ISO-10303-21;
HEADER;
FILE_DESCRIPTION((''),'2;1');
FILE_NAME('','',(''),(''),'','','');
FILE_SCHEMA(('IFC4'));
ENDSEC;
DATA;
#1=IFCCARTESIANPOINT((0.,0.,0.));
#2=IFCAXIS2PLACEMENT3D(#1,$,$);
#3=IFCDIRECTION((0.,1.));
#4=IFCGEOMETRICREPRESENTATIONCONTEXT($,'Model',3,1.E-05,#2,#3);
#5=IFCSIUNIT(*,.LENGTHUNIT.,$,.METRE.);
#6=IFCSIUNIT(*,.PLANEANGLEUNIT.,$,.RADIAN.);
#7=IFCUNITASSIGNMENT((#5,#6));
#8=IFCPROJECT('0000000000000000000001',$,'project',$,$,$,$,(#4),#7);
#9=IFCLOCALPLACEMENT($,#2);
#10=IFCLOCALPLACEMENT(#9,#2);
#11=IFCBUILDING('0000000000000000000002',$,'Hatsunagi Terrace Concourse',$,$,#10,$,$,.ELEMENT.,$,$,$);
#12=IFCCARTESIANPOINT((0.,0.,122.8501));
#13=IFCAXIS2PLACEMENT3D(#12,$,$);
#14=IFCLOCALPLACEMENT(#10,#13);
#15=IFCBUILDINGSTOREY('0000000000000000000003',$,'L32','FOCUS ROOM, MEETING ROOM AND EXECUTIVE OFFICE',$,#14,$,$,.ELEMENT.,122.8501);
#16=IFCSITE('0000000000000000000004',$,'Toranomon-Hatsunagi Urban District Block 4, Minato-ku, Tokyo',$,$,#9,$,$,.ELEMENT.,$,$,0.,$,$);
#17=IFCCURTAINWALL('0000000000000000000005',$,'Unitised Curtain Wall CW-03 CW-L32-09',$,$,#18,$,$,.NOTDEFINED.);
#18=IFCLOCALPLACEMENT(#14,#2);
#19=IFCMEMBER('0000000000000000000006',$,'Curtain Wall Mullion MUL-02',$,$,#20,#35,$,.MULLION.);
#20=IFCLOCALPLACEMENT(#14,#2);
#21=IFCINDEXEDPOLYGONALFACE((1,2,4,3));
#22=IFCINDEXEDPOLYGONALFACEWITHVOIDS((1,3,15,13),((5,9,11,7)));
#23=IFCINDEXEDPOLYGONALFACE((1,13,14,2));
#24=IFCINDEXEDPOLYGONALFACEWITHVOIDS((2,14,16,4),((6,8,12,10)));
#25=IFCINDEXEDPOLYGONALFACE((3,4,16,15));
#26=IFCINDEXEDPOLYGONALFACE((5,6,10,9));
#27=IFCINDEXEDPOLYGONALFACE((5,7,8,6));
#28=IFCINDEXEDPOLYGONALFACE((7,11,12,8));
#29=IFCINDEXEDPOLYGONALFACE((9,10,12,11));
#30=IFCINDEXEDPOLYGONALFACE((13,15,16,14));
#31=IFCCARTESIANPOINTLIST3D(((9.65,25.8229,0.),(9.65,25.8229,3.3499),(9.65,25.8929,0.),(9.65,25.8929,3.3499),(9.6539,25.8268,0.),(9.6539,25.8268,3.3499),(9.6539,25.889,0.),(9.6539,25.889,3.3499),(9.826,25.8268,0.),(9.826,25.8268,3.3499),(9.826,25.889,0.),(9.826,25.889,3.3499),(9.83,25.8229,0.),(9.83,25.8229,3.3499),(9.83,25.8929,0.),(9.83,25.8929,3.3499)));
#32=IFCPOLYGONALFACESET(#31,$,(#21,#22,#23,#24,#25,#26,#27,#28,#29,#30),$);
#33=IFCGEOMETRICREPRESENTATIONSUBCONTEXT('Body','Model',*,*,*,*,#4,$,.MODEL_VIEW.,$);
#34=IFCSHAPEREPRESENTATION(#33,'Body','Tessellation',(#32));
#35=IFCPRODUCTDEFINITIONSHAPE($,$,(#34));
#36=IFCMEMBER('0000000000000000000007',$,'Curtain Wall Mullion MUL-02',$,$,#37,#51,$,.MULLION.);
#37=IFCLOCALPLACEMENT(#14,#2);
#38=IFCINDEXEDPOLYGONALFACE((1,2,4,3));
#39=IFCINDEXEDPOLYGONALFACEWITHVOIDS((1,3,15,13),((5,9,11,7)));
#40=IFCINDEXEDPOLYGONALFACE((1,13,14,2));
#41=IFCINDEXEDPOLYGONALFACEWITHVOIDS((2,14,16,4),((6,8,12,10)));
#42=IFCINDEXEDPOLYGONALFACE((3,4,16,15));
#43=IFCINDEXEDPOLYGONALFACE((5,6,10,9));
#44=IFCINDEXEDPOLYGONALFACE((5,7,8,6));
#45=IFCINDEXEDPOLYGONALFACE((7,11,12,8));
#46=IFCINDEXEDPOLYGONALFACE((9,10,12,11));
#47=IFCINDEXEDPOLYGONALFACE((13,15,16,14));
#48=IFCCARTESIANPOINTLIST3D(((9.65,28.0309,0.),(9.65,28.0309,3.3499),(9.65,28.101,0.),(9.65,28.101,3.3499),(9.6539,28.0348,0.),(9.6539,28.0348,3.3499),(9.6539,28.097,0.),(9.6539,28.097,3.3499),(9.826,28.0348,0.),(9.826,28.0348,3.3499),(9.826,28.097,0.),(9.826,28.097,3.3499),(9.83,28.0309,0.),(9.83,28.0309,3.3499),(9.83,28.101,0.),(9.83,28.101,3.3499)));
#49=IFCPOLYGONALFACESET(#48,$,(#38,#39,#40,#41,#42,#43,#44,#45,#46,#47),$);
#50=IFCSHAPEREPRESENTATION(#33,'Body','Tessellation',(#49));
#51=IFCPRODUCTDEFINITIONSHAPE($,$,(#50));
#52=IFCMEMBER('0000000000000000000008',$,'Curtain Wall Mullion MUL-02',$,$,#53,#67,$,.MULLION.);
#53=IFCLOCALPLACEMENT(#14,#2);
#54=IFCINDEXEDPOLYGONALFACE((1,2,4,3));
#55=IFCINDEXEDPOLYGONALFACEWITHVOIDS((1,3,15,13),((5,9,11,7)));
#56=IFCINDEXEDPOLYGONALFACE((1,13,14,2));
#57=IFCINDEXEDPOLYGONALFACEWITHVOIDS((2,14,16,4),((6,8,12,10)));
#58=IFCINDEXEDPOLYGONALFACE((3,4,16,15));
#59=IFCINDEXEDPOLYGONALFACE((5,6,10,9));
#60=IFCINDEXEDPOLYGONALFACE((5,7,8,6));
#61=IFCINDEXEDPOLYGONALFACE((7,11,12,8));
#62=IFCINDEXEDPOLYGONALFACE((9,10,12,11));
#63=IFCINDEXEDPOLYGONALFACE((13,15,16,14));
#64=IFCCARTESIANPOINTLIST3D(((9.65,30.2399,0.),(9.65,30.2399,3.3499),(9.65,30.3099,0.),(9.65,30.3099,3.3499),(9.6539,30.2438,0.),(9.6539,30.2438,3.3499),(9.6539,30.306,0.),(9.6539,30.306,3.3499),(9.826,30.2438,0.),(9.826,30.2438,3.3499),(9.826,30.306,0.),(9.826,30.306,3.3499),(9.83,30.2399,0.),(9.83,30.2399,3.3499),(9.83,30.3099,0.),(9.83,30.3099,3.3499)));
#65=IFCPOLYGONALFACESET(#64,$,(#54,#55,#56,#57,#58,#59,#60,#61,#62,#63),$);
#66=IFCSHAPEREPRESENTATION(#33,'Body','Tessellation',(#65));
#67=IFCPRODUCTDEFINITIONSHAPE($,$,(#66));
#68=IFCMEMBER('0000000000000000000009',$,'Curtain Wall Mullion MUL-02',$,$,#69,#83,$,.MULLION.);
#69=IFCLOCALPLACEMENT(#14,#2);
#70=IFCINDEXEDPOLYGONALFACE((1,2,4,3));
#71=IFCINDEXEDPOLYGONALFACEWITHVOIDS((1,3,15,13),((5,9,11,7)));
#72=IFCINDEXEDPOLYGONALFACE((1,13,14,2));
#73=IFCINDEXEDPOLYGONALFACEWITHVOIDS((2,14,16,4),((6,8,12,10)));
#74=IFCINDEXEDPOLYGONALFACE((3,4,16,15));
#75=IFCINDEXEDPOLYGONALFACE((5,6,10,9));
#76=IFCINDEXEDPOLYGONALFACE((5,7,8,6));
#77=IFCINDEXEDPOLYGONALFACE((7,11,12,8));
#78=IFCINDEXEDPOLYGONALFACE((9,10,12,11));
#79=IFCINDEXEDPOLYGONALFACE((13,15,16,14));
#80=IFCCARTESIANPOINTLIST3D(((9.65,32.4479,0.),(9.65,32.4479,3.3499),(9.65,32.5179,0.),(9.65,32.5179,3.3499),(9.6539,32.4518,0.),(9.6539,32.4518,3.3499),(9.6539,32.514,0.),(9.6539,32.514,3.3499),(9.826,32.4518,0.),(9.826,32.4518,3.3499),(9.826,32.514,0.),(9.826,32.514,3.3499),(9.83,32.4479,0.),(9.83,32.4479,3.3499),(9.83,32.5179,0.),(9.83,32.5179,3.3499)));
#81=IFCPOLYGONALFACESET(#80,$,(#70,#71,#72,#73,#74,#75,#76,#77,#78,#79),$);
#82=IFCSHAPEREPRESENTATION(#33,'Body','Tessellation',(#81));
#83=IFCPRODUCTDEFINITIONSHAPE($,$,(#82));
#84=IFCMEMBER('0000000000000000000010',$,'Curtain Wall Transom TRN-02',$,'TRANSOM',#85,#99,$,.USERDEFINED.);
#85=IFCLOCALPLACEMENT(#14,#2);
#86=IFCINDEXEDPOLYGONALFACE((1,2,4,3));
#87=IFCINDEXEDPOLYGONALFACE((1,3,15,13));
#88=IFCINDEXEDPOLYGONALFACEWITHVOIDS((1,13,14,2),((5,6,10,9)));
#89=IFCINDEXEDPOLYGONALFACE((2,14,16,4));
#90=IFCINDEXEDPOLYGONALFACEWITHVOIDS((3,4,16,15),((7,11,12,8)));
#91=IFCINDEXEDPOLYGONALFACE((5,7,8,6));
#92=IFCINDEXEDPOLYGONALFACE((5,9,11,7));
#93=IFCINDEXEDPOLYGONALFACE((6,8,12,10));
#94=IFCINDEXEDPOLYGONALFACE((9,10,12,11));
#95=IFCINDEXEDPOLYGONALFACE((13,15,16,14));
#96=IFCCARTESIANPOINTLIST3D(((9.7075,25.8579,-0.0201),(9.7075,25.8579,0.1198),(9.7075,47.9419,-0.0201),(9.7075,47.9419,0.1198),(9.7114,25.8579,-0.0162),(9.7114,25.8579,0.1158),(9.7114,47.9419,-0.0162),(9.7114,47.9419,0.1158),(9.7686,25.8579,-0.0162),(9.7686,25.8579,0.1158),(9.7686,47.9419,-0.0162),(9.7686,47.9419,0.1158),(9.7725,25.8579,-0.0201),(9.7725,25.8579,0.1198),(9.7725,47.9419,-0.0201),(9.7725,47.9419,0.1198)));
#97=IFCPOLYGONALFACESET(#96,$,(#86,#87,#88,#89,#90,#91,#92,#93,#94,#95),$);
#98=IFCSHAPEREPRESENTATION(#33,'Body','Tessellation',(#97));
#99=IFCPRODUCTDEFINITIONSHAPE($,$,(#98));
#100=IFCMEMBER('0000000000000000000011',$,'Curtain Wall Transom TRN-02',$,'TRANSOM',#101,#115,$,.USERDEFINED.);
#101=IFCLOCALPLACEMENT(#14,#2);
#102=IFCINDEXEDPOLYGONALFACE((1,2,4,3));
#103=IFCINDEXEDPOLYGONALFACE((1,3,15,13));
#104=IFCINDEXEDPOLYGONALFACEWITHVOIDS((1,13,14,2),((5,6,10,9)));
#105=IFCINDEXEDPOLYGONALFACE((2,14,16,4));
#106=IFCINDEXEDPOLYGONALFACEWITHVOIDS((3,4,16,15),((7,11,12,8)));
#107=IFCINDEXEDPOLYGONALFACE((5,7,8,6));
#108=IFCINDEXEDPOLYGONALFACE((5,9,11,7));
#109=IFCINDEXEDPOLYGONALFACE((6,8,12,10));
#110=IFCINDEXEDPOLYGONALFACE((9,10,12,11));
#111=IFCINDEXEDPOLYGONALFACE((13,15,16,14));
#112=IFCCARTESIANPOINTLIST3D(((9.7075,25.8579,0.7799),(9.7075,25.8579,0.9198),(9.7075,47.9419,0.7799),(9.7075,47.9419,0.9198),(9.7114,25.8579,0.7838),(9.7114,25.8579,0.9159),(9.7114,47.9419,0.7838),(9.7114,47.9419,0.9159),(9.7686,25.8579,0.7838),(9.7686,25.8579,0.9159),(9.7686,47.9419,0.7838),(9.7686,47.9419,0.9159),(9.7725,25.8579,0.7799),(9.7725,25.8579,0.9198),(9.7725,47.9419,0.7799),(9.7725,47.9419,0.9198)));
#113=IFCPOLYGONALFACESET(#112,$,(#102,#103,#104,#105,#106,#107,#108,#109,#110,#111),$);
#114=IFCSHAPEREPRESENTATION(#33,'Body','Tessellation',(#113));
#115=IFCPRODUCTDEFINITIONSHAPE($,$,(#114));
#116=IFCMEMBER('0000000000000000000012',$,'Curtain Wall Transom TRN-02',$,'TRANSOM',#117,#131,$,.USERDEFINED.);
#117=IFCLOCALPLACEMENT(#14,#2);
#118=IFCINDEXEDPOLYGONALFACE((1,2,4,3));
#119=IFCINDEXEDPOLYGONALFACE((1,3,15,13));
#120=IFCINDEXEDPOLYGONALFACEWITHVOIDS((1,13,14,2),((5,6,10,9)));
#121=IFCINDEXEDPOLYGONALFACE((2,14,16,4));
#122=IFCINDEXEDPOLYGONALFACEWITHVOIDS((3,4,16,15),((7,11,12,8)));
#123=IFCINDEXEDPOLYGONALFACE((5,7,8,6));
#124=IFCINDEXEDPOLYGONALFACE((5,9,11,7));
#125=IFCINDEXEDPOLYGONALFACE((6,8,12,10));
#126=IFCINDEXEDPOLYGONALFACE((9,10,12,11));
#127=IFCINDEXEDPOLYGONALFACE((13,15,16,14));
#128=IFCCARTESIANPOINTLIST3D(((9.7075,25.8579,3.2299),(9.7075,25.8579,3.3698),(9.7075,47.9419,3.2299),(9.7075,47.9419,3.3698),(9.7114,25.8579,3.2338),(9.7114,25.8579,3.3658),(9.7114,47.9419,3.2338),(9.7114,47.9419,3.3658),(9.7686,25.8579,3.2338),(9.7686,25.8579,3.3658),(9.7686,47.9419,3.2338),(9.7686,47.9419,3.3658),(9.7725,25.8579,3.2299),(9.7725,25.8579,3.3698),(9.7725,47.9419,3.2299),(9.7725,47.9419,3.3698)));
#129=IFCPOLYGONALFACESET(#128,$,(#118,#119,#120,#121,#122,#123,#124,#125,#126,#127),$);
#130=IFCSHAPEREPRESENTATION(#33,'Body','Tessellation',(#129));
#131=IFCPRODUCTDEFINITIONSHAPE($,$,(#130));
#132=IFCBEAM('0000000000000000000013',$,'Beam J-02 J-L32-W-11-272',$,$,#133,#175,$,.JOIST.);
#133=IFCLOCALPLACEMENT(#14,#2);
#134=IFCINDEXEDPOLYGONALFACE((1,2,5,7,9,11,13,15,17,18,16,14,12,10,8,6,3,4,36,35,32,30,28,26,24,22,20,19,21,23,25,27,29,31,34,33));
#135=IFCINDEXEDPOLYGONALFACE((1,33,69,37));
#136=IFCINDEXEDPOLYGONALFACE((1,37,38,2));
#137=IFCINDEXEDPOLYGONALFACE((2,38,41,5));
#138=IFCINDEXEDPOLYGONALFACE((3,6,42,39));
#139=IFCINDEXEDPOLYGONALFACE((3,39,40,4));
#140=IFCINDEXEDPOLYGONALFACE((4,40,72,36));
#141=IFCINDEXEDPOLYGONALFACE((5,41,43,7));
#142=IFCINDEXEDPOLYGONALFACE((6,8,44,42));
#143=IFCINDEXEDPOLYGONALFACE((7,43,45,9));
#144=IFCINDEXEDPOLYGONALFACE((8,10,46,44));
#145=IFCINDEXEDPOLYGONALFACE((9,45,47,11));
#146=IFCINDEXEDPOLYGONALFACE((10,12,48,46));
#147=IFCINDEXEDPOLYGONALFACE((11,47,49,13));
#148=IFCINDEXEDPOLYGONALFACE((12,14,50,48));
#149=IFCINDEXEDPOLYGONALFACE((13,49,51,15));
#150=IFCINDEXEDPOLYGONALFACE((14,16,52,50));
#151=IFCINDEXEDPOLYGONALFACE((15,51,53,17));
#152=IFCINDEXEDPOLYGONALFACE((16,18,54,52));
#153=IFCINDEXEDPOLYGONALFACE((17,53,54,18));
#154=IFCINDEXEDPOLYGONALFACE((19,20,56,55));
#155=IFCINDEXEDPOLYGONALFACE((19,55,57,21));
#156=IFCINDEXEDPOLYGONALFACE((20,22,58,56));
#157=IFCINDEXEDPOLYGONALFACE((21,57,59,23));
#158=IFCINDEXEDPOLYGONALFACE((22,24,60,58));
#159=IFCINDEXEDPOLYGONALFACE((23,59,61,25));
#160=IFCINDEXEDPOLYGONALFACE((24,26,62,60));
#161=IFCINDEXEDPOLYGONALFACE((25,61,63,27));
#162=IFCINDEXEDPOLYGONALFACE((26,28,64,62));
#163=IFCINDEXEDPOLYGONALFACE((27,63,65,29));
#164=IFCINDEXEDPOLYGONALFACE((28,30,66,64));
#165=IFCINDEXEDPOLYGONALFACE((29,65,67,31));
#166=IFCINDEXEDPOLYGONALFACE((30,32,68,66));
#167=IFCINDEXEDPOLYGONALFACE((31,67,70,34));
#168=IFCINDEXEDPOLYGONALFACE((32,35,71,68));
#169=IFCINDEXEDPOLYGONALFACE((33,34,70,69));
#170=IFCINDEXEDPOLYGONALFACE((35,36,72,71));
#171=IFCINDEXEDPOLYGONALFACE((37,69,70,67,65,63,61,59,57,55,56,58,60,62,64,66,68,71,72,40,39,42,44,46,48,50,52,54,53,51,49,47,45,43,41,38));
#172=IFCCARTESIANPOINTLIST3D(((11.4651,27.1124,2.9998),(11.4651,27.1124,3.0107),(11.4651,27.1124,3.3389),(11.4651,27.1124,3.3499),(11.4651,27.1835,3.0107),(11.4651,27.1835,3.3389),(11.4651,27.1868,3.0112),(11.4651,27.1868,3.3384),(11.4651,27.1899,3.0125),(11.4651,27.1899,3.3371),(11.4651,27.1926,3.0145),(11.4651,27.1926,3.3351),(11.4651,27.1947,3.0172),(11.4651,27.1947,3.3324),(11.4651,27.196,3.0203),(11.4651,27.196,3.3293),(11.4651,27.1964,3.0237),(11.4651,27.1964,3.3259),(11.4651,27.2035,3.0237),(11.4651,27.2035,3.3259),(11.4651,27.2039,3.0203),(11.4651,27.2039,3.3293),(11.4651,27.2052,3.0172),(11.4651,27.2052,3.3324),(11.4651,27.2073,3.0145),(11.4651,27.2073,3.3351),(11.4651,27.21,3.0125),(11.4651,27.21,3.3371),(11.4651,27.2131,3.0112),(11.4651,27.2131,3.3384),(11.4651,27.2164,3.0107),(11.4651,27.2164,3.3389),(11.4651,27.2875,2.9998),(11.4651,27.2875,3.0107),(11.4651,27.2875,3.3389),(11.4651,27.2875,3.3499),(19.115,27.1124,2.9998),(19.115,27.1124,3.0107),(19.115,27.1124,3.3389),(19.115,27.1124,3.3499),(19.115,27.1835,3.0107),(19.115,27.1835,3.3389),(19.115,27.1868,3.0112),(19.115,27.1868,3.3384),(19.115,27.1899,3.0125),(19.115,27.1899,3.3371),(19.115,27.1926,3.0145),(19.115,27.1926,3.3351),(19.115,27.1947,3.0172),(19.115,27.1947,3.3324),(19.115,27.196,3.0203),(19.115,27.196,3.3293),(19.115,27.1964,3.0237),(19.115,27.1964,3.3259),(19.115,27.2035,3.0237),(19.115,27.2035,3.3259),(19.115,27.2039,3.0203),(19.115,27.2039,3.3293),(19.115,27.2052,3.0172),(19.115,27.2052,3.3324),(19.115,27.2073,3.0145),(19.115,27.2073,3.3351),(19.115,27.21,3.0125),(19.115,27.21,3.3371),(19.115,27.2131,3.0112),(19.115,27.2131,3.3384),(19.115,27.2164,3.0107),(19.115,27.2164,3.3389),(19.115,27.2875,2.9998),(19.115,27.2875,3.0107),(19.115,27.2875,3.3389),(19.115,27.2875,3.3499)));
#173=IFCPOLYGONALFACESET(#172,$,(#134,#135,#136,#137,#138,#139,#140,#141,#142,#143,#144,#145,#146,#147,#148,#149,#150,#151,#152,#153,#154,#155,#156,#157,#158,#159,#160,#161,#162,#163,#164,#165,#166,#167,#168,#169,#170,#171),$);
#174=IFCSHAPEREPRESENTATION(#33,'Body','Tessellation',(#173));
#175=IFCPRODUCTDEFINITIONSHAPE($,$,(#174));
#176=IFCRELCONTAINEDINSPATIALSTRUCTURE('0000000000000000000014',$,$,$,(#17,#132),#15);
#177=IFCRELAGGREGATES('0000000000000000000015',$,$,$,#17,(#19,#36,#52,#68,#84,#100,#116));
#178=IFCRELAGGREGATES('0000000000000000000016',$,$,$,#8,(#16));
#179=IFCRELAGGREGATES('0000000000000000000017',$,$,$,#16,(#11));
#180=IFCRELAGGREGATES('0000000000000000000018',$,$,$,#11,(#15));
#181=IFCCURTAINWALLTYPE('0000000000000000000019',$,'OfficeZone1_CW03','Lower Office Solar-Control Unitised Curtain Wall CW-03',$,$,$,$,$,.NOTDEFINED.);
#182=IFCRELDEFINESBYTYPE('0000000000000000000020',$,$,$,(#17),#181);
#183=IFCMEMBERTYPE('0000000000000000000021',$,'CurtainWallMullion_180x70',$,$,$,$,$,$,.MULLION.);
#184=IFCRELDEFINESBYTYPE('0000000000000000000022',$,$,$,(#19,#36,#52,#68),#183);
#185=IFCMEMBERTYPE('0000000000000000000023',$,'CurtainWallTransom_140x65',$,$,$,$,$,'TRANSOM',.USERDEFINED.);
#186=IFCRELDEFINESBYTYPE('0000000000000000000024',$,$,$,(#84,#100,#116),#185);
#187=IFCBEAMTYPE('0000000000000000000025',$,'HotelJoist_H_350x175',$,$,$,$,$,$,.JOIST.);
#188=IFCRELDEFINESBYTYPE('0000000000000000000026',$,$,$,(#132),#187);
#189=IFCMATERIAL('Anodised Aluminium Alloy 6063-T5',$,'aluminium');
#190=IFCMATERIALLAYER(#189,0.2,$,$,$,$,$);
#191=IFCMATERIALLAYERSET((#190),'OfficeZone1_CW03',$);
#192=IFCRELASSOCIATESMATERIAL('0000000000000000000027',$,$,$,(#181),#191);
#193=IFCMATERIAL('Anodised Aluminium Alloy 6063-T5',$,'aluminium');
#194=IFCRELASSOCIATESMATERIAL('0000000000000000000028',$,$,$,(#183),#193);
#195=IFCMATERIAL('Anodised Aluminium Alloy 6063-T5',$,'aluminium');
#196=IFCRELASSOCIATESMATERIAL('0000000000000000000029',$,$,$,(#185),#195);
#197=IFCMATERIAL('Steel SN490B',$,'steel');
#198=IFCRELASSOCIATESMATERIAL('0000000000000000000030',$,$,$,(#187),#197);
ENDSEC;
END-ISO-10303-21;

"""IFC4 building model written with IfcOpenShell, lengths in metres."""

from ifc_helpers import new_model, si_unit, direction, frame, origin, origin_2d, place, context, subcontext, project, spatial, hollow_rectangle, i_section, extrude, material, layer, layer_set, material_profile, profile_set, type_object, element, aggregate, save


model = new_model("IFC4")

# Units and contexts
model_context = context("Model", 3, precision=1e-05, world=origin(), true_north=direction((0.0, 1.0)))
body_context = subcontext(model_context, "Body", "Model", "MODEL_VIEW")
ifc_project = project(units=[si_unit("LENGTHUNIT", "METRE"), si_unit("PLANEANGLEUNIT", "RADIAN")], contexts=[model_context])

# Site, building, storey
site_placement = place(None, origin())
site = spatial("IfcSite", under=ifc_project, at=site_placement, Name="Toranomon-Hatsunagi Urban District Block 4, Minato-ku, Tokyo", CompositionType="ELEMENT", RefElevation=0.0)
building_placement = place(site_placement, origin())
building = spatial("IfcBuilding", under=site, at=building_placement, Name="Hatsunagi Terrace Concourse", CompositionType="ELEMENT")
storey_placement = place(building_placement, frame((0.0, 0.0, 122.8501)))
storey = spatial("IfcBuildingStorey", under=building, at=storey_placement, Name="L32", Description="FOCUS ROOM, MEETING ROOM AND EXECUTIVE OFFICE", CompositionType="ELEMENT", Elevation=122.8501)

# Curtain wall, members
ifc_material_1 = material(Name="Anodised Aluminium Alloy 6063-T5", Category="aluminium")
ifc_layer_1 = layer(ifc_material_1, 0.2)
ifc_layer_set_1 = layer_set([ifc_layer_1], Name="OfficeZone1_CW03")
curtain_wall_type = type_object("IfcCurtainWallType", Name="OfficeZone1_CW03", Description="Lower Office Solar-Control Unitised Curtain Wall CW-03", PredefinedType="NOTDEFINED", material=ifc_layer_set_1)
curtain_wall_placement = place(storey_placement, origin())
curtain_wall = element("IfcCurtainWall", 1, at=curtain_wall_placement, inside=storey, type_object=curtain_wall_type, Name="Unitised Curtain Wall CW-03 CW-L32-09", PredefinedType="NOTDEFINED")
ifc_material_2 = material(Name="Anodised Aluminium Alloy 6063-T5", Category="aluminium")
ifc_material_profile_1 = material_profile(ifc_material_2, hollow_rectangle(XDim=0.0701, YDim=0.1799, WallThickness=0.0039, at=origin_2d()), Name="ALU-MUL-180x70x4")
ifc_profile_set_1 = profile_set([ifc_material_profile_1], Name="Anodised Aluminium Alloy 6063-T5")
member_type_1 = type_object("IfcMemberType", Name="CurtainWallMullion_180x70", PredefinedType="MULLION", material=ifc_profile_set_1)
member_1_placement = place(storey_placement, frame((9.74, 25.8579, 0.0), z_axis=(0.0, 0.0, 1.0), x_axis=(0.0, 1.0, 0.0)))
member_1 = element("IfcMember", 2, at=member_1_placement, type_object=member_type_1, Name="Curtain Wall Mullion MUL-02", PredefinedType="MULLION", context=body_context, shape_type="SweptSolid", body=[
    extrude(hollow_rectangle(XDim=0.0701, YDim=0.1799, WallThickness=0.0039, at=origin_2d()), origin(), (0.0, 0.0, 1.0), 3.3499),
])
member_2_placement = place(storey_placement, frame((9.74, 28.0659, 0.0), z_axis=(0.0, 0.0, 1.0), x_axis=(0.0, 1.0, 0.0)))
member_2 = element("IfcMember", 3, at=member_2_placement, type_object=member_type_1, Name="Curtain Wall Mullion MUL-02", PredefinedType="MULLION", context=body_context, shape_type="SweptSolid", body=[
    extrude(hollow_rectangle(XDim=0.0701, YDim=0.1799, WallThickness=0.0039, at=origin_2d()), origin(), (0.0, 0.0, 1.0), 3.3499),
])
member_3_placement = place(storey_placement, frame((9.74, 30.2749, 0.0), z_axis=(0.0, 0.0, 1.0), x_axis=(0.0, 1.0, 0.0)))
member_3 = element("IfcMember", 4, at=member_3_placement, type_object=member_type_1, Name="Curtain Wall Mullion MUL-02", PredefinedType="MULLION", context=body_context, shape_type="SweptSolid", body=[
    extrude(hollow_rectangle(XDim=0.0701, YDim=0.1799, WallThickness=0.0039, at=origin_2d()), origin(), (0.0, 0.0, 1.0), 3.3499),
])
member_4_placement = place(storey_placement, frame((9.74, 32.4829, 0.0), z_axis=(0.0, 0.0, 1.0), x_axis=(0.0, 1.0, 0.0)))
member_4 = element("IfcMember", 5, at=member_4_placement, type_object=member_type_1, Name="Curtain Wall Mullion MUL-02", PredefinedType="MULLION", context=body_context, shape_type="SweptSolid", body=[
    extrude(hollow_rectangle(XDim=0.0701, YDim=0.1799, WallThickness=0.0039, at=origin_2d()), origin(), (0.0, 0.0, 1.0), 3.3499),
])
ifc_material_3 = material(Name="Anodised Aluminium Alloy 6063-T5", Category="aluminium")
ifc_material_profile_2 = material_profile(ifc_material_3, hollow_rectangle(XDim=0.0649, YDim=0.1399, WallThickness=0.0039, at=origin_2d()), Name="ALU-TRN-140x65x4")
ifc_profile_set_2 = profile_set([ifc_material_profile_2], Name="Anodised Aluminium Alloy 6063-T5")
member_type_2 = type_object("IfcMemberType", Name="CurtainWallTransom_140x65", ElementType="TRANSOM", PredefinedType="USERDEFINED", material=ifc_profile_set_2)
member_5_placement = place(storey_placement, frame((9.74, 25.8579, 0.0498), z_axis=(0.0, 1.0, 0.0), x_axis=(-1.0, 0.0, 0.0)))
member_5 = element("IfcMember", 6, at=member_5_placement, type_object=member_type_2, Name="Curtain Wall Transom TRN-02", ObjectType="TRANSOM", PredefinedType="USERDEFINED", context=body_context, shape_type="SweptSolid", body=[
    extrude(hollow_rectangle(XDim=0.0649, YDim=0.1399, WallThickness=0.0039, at=origin_2d()), origin(), (0.0, 0.0, 1.0), 22.084),
])
member_6_placement = place(storey_placement, frame((9.74, 25.8579, 0.8499), z_axis=(0.0, 1.0, 0.0), x_axis=(-1.0, 0.0, 0.0)))
member_6 = element("IfcMember", 7, at=member_6_placement, type_object=member_type_2, Name="Curtain Wall Transom TRN-02", ObjectType="TRANSOM", PredefinedType="USERDEFINED", context=body_context, shape_type="SweptSolid", body=[
    extrude(hollow_rectangle(XDim=0.0649, YDim=0.1399, WallThickness=0.0039, at=origin_2d()), origin(), (0.0, 0.0, 1.0), 22.084),
])
member_7_placement = place(storey_placement, frame((9.74, 25.8579, 3.2998), z_axis=(0.0, 1.0, 0.0), x_axis=(-1.0, 0.0, 0.0)))
member_7 = element("IfcMember", 8, at=member_7_placement, type_object=member_type_2, Name="Curtain Wall Transom TRN-02", ObjectType="TRANSOM", PredefinedType="USERDEFINED", context=body_context, shape_type="SweptSolid", body=[
    extrude(hollow_rectangle(XDim=0.0649, YDim=0.1399, WallThickness=0.0039, at=origin_2d()), origin(), (0.0, 0.0, 1.0), 22.084),
])

# Beam
ifc_material_4 = material(Name="Steel SN490B", Category="steel")
ifc_material_profile_3 = material_profile(ifc_material_4, i_section(OverallWidth=0.175, OverallDepth=0.3501, WebThickness=0.0071, FlangeThickness=0.011, FilletRadius=0.0129, at=origin_2d()), Name="H-350x175x7x11")
ifc_profile_set_3 = profile_set([ifc_material_profile_3], Name="Steel SN490B")
beam_type_1 = type_object("IfcBeamType", Name="HotelJoist_H_350x175", PredefinedType="JOIST", material=ifc_profile_set_3)
for number, where, z_axis, x_axis, name in (
    (9, (11.4651, 27.2, 3.1748), (1.0, 0.0, 0.0), (0.0, 1.0, 0.0), "Beam J-02 J-L32-W-11-272"),
):
    element("IfcBeam", number, at=place(storey_placement, frame(where, z_axis=z_axis, x_axis=x_axis)), inside=storey, type_object=beam_type_1, Name=name, PredefinedType="JOIST", context=body_context, shape_type="SweptSolid", body=[
        extrude(i_section(OverallWidth=0.175, OverallDepth=0.3501, WebThickness=0.0071, FlangeThickness=0.011, FilletRadius=0.0129, at=origin_2d()), origin(), (0.0, 0.0, 1.0), 7.6499),
    ])

aggregate(curtain_wall, [member_1, member_2, member_3, member_4, member_5, member_6, member_7])

save(model, "model.ifc")
